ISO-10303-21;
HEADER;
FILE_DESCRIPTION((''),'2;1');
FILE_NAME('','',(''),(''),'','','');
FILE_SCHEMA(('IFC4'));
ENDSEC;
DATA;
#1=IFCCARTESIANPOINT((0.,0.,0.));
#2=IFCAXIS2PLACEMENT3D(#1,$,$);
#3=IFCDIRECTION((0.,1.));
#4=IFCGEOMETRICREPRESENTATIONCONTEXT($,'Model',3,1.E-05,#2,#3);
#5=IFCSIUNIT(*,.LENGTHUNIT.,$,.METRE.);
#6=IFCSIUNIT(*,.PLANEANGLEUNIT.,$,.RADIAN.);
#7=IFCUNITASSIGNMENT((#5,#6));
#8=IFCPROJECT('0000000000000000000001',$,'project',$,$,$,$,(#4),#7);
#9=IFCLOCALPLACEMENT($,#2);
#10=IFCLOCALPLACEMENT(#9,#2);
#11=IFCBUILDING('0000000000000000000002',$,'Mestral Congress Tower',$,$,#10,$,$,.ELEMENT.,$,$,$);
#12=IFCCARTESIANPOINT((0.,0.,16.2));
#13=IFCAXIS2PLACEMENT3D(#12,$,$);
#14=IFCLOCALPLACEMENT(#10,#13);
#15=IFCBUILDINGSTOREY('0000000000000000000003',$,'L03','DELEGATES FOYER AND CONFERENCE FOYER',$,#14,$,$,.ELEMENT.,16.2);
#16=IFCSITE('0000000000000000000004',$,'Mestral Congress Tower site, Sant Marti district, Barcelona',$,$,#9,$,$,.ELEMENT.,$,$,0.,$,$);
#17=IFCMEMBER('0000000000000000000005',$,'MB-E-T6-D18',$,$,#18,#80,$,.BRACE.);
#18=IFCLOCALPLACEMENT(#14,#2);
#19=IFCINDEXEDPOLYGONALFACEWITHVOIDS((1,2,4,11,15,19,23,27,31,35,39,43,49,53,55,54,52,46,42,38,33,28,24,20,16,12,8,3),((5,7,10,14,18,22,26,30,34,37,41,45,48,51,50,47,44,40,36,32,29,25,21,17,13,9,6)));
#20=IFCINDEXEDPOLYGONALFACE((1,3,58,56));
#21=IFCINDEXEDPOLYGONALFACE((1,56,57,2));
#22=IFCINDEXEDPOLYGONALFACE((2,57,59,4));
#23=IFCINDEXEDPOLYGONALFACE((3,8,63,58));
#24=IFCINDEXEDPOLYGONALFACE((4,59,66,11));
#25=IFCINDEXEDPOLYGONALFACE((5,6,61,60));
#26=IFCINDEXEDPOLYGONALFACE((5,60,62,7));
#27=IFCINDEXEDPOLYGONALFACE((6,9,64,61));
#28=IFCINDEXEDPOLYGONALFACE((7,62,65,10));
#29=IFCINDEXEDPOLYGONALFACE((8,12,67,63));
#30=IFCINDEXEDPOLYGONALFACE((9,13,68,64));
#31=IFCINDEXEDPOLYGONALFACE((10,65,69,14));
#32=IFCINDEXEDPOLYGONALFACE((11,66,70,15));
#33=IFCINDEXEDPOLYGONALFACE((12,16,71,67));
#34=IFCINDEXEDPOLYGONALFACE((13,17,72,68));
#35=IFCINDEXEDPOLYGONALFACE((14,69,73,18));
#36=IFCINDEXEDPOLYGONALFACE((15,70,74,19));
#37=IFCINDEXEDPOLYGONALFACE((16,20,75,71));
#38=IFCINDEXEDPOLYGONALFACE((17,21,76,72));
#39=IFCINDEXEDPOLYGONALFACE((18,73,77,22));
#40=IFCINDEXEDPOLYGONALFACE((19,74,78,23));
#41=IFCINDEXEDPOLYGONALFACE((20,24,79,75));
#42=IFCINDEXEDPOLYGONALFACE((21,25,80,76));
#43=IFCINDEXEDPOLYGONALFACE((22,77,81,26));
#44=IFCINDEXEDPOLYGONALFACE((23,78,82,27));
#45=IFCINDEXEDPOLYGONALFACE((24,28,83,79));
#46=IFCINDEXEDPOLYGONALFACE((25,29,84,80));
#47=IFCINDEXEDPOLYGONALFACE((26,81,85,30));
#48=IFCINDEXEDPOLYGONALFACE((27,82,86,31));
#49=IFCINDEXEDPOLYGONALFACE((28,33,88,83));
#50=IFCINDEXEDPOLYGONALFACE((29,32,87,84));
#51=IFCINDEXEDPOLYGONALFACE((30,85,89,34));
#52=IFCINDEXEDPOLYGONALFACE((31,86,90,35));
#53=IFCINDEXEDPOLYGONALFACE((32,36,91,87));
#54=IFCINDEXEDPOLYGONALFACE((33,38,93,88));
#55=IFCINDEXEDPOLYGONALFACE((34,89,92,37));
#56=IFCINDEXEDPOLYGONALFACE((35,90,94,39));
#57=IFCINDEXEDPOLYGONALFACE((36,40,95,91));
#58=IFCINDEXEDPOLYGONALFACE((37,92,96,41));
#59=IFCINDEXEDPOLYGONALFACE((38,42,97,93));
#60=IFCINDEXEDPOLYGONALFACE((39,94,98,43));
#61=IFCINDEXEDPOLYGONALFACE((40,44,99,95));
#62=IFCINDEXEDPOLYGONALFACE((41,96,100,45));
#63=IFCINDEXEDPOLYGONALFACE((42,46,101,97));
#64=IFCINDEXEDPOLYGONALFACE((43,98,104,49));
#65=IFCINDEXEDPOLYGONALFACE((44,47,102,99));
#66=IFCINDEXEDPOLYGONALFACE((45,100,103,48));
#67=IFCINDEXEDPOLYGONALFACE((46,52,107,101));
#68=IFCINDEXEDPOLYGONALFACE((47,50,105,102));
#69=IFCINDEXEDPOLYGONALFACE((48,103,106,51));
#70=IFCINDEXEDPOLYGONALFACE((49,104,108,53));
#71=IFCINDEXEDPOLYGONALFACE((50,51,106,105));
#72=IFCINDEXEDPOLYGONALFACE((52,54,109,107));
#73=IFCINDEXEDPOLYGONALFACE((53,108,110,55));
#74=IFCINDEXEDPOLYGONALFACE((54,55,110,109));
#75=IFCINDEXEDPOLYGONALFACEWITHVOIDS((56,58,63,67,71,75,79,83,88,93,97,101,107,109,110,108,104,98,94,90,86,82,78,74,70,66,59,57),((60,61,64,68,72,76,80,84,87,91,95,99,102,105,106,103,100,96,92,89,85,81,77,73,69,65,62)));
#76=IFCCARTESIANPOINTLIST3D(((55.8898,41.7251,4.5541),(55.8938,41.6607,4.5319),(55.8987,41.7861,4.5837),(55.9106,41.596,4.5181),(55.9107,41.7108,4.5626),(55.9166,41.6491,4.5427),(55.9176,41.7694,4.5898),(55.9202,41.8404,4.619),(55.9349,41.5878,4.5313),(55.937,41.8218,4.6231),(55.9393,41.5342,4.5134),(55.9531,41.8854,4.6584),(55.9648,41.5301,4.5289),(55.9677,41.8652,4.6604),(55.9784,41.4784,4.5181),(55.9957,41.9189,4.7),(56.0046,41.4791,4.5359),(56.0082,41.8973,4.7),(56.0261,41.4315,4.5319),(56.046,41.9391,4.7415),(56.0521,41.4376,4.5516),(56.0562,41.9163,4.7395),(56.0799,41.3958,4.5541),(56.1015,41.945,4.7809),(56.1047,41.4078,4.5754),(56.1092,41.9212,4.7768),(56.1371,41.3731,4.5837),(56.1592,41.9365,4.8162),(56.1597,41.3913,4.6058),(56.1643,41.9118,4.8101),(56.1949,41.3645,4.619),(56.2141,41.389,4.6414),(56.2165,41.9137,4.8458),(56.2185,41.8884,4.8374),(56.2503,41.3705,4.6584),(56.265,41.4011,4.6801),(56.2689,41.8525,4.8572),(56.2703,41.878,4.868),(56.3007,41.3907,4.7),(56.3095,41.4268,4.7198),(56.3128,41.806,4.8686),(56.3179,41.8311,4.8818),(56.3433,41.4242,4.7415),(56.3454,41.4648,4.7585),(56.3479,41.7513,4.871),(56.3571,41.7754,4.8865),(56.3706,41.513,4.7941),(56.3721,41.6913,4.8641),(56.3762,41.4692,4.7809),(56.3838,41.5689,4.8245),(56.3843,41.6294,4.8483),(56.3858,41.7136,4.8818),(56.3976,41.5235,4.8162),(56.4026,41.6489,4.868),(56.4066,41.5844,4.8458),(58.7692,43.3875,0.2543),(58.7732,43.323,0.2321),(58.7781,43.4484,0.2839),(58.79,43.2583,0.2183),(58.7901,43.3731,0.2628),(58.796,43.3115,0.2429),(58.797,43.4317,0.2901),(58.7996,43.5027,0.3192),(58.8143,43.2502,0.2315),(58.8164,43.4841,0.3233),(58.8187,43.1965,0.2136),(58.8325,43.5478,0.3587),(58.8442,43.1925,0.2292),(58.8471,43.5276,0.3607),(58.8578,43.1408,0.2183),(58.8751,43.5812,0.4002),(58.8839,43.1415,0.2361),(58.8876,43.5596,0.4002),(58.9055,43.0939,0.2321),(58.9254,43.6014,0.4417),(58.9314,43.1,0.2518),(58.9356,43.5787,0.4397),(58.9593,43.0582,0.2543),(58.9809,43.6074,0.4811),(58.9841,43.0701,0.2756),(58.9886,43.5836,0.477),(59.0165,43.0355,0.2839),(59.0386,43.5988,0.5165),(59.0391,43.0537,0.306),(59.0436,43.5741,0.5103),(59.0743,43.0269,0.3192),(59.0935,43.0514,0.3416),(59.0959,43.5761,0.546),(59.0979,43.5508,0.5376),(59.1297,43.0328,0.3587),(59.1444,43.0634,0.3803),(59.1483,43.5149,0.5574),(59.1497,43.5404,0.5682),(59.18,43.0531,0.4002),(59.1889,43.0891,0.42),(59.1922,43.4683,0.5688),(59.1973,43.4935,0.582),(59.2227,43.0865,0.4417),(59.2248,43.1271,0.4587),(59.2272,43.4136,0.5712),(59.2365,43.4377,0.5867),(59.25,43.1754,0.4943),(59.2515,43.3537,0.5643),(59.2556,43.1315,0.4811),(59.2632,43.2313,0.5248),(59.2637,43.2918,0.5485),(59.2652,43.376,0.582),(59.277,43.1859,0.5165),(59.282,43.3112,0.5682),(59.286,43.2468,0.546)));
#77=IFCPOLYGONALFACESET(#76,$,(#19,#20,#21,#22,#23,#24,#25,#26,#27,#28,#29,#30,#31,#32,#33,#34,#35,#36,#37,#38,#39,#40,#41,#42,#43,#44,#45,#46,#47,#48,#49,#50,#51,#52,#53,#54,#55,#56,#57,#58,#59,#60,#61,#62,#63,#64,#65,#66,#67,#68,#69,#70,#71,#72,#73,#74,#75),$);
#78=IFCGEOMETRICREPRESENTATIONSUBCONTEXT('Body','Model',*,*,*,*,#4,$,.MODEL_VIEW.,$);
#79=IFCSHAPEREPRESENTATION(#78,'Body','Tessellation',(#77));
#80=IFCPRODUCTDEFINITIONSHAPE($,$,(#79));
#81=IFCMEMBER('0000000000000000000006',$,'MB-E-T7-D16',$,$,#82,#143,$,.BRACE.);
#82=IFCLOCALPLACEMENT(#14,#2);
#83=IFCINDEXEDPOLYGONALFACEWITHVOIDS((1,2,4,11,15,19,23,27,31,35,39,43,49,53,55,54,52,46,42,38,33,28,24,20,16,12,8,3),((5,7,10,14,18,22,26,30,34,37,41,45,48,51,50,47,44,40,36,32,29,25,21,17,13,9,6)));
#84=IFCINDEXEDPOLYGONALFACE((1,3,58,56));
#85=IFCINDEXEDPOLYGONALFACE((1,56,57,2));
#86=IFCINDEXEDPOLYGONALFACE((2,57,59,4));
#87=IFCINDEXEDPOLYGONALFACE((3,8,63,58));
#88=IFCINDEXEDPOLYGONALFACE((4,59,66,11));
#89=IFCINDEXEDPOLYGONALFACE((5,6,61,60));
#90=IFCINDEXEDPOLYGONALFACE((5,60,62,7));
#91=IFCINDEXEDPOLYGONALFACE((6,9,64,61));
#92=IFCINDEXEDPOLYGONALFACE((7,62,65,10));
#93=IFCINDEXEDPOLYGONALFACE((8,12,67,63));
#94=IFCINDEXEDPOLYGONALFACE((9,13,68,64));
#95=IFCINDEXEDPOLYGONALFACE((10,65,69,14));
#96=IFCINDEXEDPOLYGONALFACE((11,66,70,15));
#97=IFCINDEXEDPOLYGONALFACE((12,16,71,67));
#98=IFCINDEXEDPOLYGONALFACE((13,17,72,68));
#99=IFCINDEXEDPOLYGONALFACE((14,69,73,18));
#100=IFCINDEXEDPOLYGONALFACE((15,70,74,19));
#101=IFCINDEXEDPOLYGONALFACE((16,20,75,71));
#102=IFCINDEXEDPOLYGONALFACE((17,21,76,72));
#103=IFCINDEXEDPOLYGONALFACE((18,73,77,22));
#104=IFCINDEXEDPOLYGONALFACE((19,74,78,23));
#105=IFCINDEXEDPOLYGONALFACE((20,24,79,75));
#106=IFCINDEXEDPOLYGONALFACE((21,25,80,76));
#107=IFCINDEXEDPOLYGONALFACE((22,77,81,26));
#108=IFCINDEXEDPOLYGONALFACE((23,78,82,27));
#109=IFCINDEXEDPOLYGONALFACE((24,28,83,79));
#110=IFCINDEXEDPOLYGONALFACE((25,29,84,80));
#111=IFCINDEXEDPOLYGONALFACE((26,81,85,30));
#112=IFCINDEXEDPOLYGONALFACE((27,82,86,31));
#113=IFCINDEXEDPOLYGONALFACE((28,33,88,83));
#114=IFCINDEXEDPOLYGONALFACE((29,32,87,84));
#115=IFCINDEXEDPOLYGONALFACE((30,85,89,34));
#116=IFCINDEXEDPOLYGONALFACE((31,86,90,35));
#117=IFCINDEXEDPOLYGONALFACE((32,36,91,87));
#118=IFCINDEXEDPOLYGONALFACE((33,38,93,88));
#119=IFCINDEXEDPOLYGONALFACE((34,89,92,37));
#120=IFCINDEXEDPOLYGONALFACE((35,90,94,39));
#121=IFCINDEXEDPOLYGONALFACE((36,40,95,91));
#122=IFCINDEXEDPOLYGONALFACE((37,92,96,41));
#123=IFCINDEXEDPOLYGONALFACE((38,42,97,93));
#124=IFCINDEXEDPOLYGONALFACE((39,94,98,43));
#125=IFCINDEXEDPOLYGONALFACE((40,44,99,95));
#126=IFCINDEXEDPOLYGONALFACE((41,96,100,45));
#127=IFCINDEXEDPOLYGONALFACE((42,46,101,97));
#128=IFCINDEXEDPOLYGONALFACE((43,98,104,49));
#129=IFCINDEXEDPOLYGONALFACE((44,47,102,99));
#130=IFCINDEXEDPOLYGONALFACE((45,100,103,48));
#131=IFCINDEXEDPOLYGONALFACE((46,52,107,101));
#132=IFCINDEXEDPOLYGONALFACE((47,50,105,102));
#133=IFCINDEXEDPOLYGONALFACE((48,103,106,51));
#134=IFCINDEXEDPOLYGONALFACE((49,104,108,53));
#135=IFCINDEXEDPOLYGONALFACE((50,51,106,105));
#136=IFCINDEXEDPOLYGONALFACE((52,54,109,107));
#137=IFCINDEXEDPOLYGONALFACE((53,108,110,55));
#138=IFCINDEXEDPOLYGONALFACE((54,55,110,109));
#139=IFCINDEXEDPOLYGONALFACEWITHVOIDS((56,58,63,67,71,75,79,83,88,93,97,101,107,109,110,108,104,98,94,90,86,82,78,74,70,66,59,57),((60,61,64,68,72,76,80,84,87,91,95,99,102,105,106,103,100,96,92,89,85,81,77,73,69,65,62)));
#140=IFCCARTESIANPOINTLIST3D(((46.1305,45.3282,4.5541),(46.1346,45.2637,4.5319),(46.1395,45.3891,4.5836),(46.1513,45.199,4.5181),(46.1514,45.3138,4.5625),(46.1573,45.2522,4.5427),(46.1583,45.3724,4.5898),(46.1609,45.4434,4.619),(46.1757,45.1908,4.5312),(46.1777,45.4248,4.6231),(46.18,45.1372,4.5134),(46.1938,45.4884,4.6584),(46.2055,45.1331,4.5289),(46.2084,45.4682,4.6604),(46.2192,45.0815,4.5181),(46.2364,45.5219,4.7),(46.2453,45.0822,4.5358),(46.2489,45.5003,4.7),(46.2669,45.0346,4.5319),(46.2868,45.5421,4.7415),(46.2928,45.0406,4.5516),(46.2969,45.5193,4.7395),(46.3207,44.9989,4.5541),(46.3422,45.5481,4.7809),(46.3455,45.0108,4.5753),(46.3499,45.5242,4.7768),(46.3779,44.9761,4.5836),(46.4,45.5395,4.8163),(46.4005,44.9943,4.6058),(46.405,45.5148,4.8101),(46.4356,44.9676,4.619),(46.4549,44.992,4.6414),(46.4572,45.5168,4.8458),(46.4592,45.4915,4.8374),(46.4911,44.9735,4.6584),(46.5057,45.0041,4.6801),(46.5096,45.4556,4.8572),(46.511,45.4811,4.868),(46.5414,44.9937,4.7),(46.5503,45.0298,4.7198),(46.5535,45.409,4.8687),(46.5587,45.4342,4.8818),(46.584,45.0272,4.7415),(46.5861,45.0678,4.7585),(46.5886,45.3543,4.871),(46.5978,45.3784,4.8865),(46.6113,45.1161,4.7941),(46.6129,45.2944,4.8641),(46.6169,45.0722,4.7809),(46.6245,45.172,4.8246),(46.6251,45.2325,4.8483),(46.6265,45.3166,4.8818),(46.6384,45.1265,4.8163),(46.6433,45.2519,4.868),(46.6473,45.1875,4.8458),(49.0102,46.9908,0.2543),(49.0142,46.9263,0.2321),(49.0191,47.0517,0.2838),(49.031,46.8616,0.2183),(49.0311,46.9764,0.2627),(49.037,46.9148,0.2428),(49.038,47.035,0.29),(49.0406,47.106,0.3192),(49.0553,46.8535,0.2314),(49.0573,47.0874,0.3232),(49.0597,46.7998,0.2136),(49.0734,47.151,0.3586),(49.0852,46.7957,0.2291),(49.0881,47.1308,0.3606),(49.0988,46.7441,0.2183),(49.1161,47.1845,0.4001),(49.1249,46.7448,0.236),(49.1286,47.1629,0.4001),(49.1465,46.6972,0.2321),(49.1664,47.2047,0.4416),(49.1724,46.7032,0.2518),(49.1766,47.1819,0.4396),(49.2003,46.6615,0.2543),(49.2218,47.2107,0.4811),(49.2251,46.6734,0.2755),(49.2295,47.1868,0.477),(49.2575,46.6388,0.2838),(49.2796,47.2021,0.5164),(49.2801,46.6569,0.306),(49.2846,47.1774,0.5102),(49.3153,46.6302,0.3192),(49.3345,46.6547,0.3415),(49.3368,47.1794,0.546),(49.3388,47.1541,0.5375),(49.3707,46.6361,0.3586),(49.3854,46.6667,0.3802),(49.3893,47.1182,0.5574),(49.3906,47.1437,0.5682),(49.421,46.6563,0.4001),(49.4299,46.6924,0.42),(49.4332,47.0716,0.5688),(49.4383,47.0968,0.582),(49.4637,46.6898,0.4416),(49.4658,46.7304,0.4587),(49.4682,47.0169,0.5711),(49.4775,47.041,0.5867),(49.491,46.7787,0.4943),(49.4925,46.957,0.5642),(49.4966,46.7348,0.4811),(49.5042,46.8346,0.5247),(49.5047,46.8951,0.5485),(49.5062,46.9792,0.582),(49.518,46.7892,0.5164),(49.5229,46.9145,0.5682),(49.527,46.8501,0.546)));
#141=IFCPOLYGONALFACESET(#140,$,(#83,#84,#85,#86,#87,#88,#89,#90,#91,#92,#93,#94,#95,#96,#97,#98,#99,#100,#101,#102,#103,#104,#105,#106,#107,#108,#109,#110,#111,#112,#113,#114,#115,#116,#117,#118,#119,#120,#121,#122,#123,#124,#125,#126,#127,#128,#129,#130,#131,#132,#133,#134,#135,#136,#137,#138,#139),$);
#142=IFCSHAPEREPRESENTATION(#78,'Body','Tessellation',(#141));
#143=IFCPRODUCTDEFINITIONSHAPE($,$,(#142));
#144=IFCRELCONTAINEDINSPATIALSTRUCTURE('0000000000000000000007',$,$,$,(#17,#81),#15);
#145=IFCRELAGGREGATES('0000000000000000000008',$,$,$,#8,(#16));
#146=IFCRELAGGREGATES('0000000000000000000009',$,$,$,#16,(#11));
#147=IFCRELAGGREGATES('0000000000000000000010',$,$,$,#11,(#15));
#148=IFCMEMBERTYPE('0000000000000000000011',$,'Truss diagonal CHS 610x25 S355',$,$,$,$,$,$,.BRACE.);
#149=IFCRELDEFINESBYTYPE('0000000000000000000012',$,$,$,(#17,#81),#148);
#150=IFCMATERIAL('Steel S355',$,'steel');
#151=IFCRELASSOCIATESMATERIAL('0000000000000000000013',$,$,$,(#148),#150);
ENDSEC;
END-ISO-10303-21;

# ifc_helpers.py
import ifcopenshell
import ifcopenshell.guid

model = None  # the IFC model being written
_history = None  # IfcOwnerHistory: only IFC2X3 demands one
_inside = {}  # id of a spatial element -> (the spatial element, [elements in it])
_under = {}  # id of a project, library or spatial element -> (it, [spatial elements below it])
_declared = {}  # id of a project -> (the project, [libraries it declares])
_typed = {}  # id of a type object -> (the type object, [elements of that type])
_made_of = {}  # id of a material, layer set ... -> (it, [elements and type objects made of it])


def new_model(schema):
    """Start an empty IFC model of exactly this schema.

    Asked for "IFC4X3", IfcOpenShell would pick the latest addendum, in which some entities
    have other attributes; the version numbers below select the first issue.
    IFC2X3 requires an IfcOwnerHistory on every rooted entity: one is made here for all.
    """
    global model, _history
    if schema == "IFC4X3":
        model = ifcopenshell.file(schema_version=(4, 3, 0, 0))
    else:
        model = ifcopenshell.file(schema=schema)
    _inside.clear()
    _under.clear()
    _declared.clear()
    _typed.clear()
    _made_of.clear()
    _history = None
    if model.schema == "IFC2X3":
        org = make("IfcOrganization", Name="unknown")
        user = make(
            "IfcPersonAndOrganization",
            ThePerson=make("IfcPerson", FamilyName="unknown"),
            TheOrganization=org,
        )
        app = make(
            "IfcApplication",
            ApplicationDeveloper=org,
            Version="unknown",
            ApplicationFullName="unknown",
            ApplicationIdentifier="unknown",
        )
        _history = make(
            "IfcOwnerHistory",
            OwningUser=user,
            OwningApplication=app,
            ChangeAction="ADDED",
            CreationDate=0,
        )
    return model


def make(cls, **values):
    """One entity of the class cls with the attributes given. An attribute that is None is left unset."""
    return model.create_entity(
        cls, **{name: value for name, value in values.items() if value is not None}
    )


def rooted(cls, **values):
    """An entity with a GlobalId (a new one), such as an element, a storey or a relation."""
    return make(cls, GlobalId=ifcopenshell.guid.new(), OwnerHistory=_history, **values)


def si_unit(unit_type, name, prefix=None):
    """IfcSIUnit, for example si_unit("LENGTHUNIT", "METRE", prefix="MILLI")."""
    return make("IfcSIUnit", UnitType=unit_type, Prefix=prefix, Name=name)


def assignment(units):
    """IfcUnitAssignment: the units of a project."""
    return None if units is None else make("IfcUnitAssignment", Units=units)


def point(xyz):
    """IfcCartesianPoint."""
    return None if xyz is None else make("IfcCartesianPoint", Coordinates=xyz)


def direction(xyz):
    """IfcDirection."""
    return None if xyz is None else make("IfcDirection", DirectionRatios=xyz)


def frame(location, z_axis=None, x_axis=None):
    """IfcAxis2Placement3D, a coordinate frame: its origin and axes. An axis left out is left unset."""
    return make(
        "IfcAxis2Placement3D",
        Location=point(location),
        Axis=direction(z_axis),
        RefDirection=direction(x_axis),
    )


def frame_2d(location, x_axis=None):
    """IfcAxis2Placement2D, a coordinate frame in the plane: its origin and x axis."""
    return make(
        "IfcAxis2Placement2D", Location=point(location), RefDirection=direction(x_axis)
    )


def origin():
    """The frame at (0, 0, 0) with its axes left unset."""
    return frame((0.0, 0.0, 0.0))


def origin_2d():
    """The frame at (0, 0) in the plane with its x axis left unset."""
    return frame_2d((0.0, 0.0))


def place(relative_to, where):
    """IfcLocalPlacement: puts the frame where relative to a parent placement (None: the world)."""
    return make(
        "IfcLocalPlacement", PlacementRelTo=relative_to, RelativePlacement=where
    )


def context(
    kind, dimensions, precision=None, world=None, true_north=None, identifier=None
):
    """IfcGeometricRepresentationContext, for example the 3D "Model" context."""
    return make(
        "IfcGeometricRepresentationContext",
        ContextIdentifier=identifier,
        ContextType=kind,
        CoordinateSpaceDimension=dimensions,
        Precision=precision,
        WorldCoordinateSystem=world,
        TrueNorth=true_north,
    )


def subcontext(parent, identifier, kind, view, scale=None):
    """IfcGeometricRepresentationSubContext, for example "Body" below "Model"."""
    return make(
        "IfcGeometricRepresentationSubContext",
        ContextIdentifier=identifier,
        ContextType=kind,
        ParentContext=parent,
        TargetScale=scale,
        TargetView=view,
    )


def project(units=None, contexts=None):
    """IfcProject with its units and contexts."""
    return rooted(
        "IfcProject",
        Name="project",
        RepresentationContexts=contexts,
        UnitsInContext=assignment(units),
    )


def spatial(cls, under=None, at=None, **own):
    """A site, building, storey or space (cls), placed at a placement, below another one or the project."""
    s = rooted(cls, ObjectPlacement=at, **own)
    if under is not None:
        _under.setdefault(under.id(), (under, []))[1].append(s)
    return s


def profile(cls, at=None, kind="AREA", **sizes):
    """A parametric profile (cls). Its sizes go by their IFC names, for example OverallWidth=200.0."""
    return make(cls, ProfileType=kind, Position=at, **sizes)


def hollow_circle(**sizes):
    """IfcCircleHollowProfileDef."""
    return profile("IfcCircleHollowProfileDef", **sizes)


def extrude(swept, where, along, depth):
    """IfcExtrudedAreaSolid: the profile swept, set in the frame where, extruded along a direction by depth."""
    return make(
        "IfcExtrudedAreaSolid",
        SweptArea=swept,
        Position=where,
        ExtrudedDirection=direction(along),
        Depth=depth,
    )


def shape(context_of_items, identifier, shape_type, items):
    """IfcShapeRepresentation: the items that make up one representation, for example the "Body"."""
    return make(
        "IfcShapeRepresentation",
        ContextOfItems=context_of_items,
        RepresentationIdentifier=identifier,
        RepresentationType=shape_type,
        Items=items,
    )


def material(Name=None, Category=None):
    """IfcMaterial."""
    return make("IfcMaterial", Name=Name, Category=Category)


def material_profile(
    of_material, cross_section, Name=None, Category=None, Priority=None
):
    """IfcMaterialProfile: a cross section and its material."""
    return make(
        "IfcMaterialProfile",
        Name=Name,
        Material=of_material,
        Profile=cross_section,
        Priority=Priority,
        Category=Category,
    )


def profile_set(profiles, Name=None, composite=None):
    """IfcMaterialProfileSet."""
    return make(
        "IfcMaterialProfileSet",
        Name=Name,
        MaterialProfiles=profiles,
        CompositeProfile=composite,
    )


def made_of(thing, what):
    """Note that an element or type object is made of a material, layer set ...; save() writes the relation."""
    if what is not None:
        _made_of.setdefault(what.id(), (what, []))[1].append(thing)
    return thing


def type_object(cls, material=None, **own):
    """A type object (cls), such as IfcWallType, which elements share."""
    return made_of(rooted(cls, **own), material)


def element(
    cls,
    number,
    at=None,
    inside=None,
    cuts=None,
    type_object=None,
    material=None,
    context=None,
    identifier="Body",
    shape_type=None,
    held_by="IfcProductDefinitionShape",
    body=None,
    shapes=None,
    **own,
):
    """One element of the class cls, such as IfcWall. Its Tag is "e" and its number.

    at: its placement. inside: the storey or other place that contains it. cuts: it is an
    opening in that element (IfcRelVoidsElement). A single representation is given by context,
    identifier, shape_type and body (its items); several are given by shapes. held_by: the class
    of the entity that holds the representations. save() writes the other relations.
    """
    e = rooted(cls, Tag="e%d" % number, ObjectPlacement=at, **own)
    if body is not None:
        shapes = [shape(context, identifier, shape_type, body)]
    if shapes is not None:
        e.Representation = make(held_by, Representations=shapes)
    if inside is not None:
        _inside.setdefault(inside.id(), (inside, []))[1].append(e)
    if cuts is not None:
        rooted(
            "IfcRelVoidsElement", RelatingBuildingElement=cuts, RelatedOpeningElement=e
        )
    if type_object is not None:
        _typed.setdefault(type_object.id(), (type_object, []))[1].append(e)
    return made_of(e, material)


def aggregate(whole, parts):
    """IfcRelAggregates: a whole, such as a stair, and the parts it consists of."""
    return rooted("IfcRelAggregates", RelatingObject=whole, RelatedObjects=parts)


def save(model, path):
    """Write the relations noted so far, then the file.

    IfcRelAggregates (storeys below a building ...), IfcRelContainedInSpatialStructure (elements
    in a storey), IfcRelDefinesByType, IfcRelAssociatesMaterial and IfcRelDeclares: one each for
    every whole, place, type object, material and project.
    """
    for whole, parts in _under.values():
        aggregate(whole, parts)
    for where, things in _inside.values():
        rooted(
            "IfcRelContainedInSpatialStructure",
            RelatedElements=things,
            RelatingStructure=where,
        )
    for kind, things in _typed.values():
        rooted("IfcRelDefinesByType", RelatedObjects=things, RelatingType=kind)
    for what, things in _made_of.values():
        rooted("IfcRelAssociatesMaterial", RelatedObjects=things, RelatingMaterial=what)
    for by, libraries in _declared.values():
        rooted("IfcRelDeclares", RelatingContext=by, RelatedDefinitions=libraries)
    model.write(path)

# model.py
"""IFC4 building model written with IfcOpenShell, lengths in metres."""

from ifc_helpers import new_model, si_unit, direction, frame, origin, origin_2d, place, context, subcontext, project, spatial, hollow_circle, extrude, material, material_profile, profile_set, type_object, element, save


model = new_model("IFC4")

# Units and contexts
model_context = context("Model", 3, precision=1e-05, world=origin(), true_north=direction((0.0, 1.0)))
body_context = subcontext(model_context, "Body", "Model", "MODEL_VIEW")
ifc_project = project(units=[si_unit("LENGTHUNIT", "METRE"), si_unit("PLANEANGLEUNIT", "RADIAN")], contexts=[model_context])

# Site, building, storey
site_placement = place(None, origin())
site = spatial("IfcSite", under=ifc_project, at=site_placement, Name="Mestral Congress Tower site, Sant Marti district, Barcelona", CompositionType="ELEMENT", RefElevation=0.0)
building_placement = place(site_placement, origin())
building = spatial("IfcBuilding", under=site, at=building_placement, Name="Mestral Congress Tower", CompositionType="ELEMENT")
storey_placement = place(building_placement, frame((0.0, 0.0, 16.2)))
storey = spatial("IfcBuildingStorey", under=building, at=storey_placement, Name="L03", Description="DELEGATES FOYER AND CONFERENCE FOYER", CompositionType="ELEMENT", Elevation=16.2)

# Members
ifc_material_1 = material(Name="Steel S355", Category="steel")
ifc_material_profile_1 = material_profile(ifc_material_1, hollow_circle(Radius=0.3049, WallThickness=0.0249, at=origin_2d()), Name="CHS 610x25")
ifc_profile_set_1 = profile_set([ifc_material_profile_1], Name="Steel S355")
member_type_1 = type_object("IfcMemberType", Name="Truss diagonal CHS 610x25 S355", PredefinedType="BRACE", material=ifc_profile_set_1)
member_1_placement = place(storey_placement, frame((56.1482, 41.6548, 4.7), z_axis=(0.529757, 0.305843, -0.791087), x_axis=(-0.499985, 0.866034, 0.0)))
element("IfcMember", 1, at=member_1_placement, inside=storey, type_object=member_type_1, Name="MB-E-T6-D18", PredefinedType="BRACE", context=body_context, shape_type="SweptSolid", body=[
    extrude(hollow_circle(Radius=0.3049, WallThickness=0.0249, at=origin_2d()), origin(), (0.0, 0.0, 1.0), 5.4353),
])
member_2_placement = place(storey_placement, frame((46.3889, 45.2578, 4.7), z_axis=(0.529782, 0.305877, -0.791057), x_axis=(-0.500008, 0.866021, 0.0)))
element("IfcMember", 2, at=member_2_placement, inside=storey, type_object=member_type_1, Name="MB-E-T7-D16", PredefinedType="BRACE", context=body_context, shape_type="SweptSolid", body=[
    extrude(hollow_circle(Radius=0.3049, WallThickness=0.0249, at=origin_2d()), origin(), (0.0, 0.0, 1.0), 5.4355),
])

save(model, "model.ifc")
